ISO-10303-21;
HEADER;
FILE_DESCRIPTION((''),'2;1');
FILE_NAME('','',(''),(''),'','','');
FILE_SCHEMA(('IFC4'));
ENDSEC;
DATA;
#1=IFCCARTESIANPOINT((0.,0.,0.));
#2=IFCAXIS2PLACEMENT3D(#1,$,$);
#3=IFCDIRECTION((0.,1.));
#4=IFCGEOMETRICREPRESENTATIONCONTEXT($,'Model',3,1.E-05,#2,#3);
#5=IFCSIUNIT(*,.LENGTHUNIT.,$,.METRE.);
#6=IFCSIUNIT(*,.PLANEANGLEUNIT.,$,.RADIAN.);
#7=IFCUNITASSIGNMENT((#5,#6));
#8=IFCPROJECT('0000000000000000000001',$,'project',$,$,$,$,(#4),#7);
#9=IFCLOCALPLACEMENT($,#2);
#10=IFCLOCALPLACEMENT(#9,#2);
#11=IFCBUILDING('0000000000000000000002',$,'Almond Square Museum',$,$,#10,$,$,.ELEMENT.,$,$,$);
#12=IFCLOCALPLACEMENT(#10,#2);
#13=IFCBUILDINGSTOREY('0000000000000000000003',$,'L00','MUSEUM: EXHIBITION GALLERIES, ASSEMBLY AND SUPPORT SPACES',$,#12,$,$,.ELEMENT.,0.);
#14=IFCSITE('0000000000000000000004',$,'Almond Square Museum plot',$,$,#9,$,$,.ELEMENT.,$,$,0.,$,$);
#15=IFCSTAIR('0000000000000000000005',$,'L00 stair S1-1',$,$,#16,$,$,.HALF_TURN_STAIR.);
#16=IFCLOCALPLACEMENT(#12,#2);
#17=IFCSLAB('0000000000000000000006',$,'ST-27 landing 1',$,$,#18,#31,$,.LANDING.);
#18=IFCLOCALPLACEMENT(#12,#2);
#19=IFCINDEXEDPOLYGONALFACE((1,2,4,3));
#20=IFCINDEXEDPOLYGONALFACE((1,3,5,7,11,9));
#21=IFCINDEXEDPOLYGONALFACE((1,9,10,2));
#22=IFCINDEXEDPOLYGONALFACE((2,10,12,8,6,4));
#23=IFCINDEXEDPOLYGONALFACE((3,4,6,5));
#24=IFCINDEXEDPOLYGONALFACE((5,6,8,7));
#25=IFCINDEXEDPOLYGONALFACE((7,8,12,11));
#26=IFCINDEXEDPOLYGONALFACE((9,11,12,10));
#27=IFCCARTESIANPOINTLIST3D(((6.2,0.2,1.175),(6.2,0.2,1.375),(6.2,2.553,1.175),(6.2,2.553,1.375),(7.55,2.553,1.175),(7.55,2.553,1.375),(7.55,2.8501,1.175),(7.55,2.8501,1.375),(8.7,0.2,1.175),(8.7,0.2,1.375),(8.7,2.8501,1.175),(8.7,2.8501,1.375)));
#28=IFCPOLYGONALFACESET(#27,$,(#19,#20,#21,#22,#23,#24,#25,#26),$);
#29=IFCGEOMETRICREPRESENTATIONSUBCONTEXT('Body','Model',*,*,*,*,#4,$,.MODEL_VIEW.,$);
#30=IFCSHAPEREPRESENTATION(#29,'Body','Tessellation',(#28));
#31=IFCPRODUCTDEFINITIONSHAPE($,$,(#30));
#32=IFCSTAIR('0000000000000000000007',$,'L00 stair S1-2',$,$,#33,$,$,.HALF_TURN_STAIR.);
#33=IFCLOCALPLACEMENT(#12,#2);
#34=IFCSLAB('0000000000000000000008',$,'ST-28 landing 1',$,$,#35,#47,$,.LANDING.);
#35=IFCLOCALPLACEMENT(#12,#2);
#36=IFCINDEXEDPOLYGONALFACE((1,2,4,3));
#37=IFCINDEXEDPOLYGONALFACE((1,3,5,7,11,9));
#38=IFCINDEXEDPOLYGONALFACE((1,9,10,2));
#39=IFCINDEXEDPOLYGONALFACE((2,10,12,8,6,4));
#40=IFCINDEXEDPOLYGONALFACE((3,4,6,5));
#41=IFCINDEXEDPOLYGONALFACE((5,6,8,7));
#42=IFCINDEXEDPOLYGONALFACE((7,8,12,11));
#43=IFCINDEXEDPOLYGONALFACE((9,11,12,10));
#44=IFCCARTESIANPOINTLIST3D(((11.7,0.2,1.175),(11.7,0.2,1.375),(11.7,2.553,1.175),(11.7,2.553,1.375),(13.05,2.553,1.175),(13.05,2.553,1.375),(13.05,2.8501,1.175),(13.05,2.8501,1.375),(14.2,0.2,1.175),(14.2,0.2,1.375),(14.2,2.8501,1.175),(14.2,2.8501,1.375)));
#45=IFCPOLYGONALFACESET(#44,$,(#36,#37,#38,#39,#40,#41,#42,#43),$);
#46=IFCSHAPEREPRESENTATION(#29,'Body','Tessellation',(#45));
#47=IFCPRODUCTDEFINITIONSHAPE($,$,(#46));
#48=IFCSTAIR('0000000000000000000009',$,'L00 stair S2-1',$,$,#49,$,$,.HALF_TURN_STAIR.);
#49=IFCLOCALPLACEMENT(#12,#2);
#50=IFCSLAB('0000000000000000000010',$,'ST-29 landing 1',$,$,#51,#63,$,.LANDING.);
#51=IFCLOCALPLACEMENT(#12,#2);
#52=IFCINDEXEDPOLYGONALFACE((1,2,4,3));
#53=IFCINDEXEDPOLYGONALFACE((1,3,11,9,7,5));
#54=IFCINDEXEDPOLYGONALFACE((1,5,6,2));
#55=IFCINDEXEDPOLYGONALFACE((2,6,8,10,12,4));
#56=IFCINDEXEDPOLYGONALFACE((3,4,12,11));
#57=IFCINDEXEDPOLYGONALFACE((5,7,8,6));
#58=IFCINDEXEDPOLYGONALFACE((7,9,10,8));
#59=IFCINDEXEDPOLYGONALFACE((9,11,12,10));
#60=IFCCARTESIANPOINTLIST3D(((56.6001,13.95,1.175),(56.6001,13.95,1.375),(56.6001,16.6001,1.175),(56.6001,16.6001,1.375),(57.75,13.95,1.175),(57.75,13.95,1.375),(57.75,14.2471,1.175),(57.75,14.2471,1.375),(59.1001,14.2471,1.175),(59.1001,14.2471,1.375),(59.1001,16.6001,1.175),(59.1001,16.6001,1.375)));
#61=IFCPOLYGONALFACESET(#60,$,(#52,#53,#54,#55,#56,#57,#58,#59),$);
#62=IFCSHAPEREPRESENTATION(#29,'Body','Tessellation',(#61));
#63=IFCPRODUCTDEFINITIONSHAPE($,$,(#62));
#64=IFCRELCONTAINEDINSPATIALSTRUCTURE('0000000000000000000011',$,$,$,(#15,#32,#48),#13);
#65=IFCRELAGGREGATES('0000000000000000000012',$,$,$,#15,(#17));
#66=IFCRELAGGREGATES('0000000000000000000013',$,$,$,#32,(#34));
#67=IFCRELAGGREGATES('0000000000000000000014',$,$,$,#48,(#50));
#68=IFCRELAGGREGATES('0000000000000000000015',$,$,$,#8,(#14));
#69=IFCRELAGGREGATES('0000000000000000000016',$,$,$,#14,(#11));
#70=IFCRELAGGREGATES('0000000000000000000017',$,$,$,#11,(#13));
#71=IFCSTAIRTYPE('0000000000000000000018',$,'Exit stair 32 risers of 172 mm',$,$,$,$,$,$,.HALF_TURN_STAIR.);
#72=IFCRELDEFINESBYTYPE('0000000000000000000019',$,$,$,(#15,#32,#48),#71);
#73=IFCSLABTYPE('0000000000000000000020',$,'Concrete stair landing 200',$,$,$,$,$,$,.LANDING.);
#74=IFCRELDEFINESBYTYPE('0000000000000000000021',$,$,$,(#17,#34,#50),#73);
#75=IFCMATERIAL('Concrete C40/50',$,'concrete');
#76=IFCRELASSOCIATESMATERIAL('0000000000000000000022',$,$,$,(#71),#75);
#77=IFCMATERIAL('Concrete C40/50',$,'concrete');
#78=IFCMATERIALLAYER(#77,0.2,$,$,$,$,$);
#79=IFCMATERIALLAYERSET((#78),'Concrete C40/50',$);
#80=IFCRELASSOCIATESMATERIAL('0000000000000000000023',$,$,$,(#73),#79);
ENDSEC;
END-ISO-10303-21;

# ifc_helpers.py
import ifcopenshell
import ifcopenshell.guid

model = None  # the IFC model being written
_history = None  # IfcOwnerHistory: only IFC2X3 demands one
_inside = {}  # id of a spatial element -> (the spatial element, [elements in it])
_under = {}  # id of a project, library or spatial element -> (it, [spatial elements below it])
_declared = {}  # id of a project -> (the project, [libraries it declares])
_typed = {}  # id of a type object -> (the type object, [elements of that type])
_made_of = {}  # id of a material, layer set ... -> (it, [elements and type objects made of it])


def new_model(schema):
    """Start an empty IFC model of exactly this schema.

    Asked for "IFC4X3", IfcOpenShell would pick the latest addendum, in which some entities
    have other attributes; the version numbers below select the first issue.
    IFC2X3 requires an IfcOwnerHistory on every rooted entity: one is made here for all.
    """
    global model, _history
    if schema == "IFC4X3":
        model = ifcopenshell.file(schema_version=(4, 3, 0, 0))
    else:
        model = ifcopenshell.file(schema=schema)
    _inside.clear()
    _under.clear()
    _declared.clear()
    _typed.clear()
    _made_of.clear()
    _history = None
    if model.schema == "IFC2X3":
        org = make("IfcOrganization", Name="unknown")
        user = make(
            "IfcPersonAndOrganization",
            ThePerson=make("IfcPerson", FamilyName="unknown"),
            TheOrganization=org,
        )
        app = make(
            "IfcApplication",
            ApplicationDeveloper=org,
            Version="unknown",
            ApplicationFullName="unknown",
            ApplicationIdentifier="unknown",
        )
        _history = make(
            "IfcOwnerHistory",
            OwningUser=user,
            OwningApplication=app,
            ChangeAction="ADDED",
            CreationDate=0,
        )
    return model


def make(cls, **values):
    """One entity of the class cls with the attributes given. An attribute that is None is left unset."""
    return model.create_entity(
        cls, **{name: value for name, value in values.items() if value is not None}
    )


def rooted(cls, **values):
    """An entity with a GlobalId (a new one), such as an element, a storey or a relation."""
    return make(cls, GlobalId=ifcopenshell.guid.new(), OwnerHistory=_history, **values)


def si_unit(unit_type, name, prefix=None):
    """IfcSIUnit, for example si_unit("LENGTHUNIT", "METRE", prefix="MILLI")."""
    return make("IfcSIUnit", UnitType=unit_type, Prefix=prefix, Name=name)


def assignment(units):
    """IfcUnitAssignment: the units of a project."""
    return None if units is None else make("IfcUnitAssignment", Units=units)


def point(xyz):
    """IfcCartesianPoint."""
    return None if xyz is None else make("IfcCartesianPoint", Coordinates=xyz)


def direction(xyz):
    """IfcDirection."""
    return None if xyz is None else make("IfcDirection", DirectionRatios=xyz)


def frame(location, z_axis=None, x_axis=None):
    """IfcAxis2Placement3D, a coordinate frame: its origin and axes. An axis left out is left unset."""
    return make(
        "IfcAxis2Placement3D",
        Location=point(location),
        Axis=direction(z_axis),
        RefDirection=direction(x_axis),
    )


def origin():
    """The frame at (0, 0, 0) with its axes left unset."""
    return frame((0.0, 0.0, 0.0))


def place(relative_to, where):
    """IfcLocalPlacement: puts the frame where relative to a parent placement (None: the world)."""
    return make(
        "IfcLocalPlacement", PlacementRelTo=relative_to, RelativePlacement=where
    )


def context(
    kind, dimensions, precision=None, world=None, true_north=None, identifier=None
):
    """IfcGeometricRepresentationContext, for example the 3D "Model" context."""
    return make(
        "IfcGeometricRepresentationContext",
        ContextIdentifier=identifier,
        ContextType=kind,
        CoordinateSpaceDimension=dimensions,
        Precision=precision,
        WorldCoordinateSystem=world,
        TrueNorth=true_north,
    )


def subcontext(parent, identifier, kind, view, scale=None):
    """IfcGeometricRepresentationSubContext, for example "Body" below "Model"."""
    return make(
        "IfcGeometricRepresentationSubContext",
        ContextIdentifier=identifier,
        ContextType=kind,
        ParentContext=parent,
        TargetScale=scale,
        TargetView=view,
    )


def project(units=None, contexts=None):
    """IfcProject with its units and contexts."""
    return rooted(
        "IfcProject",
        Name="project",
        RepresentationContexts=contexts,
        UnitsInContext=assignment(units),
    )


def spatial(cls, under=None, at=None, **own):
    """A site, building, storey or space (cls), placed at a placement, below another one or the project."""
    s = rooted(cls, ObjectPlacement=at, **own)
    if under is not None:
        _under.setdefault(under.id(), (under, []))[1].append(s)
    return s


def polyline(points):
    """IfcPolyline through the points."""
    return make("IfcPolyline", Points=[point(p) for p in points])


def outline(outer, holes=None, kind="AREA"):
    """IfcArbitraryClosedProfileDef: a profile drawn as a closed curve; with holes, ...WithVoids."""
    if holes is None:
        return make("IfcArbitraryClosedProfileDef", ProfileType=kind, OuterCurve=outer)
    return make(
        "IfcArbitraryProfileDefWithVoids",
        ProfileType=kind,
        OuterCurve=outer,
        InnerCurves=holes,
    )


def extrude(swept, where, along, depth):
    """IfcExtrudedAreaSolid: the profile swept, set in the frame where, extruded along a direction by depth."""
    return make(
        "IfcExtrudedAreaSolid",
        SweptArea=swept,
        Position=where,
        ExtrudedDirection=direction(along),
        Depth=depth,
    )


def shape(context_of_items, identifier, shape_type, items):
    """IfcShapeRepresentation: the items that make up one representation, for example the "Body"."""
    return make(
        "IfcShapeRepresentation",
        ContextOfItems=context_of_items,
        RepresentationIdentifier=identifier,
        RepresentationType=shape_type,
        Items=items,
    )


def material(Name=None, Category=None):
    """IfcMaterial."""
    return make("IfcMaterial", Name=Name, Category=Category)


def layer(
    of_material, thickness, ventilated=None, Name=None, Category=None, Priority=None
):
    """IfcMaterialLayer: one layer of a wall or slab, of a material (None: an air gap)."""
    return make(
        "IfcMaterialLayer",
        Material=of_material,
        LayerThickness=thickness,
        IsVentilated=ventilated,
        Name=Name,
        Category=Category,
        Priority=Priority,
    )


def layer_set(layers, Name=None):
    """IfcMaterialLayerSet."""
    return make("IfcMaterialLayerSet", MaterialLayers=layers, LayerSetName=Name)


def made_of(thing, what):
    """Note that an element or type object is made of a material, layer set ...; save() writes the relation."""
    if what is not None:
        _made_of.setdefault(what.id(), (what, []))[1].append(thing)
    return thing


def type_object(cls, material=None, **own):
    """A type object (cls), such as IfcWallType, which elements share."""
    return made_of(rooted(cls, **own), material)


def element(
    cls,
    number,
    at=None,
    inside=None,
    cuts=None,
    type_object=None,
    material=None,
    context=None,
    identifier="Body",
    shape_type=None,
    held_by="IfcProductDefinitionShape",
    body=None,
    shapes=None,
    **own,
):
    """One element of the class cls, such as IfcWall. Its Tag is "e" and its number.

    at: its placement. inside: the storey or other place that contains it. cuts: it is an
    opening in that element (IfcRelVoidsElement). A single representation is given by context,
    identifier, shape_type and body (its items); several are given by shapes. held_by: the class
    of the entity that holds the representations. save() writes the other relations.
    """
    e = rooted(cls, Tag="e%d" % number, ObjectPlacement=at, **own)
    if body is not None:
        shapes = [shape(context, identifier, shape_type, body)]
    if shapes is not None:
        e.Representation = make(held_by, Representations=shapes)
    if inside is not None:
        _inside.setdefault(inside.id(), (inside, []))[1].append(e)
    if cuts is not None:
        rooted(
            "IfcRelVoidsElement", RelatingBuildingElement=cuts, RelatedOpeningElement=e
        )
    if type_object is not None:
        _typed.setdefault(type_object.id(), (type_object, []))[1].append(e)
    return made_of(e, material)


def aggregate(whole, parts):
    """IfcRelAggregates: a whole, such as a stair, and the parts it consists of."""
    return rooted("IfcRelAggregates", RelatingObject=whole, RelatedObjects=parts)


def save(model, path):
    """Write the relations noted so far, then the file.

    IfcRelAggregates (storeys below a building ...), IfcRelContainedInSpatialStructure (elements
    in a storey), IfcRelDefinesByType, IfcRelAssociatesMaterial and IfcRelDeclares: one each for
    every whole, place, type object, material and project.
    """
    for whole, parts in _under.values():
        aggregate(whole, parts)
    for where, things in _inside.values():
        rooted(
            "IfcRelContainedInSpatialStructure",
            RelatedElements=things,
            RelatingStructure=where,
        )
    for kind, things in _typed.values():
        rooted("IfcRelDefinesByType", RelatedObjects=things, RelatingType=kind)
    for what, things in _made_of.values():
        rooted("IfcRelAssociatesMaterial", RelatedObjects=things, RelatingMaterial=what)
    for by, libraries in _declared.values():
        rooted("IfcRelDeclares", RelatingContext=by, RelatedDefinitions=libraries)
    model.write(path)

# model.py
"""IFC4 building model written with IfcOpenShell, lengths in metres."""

from ifc_helpers import new_model, si_unit, direction, frame, origin, place, context, subcontext, project, spatial, polyline, outline, extrude, material, layer, layer_set, type_object, element, aggregate, save


model = new_model("IFC4")

# Units and contexts
model_context = context("Model", 3, precision=1e-05, world=origin(), true_north=direction((0.0, 1.0)))
body_context = subcontext(model_context, "Body", "Model", "MODEL_VIEW")
ifc_project = project(units=[si_unit("LENGTHUNIT", "METRE"), si_unit("PLANEANGLEUNIT", "RADIAN")], contexts=[model_context])

# Site, building, storey
site_placement = place(None, origin())
site = spatial("IfcSite", under=ifc_project, at=site_placement, Name="Almond Square Museum plot", CompositionType="ELEMENT", RefElevation=0.0)
building_placement = place(site_placement, origin())
building = spatial("IfcBuilding", under=site, at=building_placement, Name="Almond Square Museum", CompositionType="ELEMENT")
storey_placement = place(building_placement, origin())
storey = spatial("IfcBuildingStorey", under=building, at=storey_placement, Name="L00", Description="MUSEUM: EXHIBITION GALLERIES, ASSEMBLY AND SUPPORT SPACES", CompositionType="ELEMENT", Elevation=0.0)

# Stairs, slabs
ifc_material_1 = material(Name="Concrete C40/50", Category="concrete")
stair_type = type_object("IfcStairType", Name="Exit stair 32 risers of 172 mm", PredefinedType="HALF_TURN_STAIR", material=ifc_material_1)
ifc_material_2 = material(Name="Concrete C40/50", Category="concrete")
ifc_layer = layer(ifc_material_2, 0.2)
ifc_layer_set = layer_set([ifc_layer], Name="Concrete C40/50")
slab_type = type_object("IfcSlabType", Name="Concrete stair landing 200", PredefinedType="LANDING", material=ifc_layer_set)
stair_1_placement = place(storey_placement, origin())
stair_1 = element("IfcStair", 1, at=stair_1_placement, inside=storey, type_object=stair_type, Name="L00 stair S1-1", PredefinedType="HALF_TURN_STAIR")
slab_1_placement = place(storey_placement, frame((0.0, 0.0, 1.175)))
slab_1 = element("IfcSlab", 2, at=slab_1_placement, type_object=slab_type, Name="ST-27 landing 1", PredefinedType="LANDING", context=body_context, shape_type="SweptSolid", body=[
    extrude(outline(polyline([(6.2, 2.553), (6.2, 0.2), (8.7, 0.2), (8.7, 2.8501), (7.55, 2.8501), (7.55, 2.553), (6.2, 2.553)])), origin(), (0.0, 0.0, 1.0), 0.2),
])
aggregate(stair_1, [slab_1])
stair_2_placement = place(storey_placement, origin())
stair_2 = element("IfcStair", 3, at=stair_2_placement, inside=storey, type_object=stair_type, Name="L00 stair S1-2", PredefinedType="HALF_TURN_STAIR")
slab_2_placement = place(storey_placement, frame((0.0, 0.0, 1.175)))
slab_2 = element("IfcSlab", 4, at=slab_2_placement, type_object=slab_type, Name="ST-28 landing 1", PredefinedType="LANDING", context=body_context, shape_type="SweptSolid", body=[
    extrude(outline(polyline([(11.7, 2.553), (11.7, 0.2), (14.2, 0.2), (14.2, 2.8501), (13.05, 2.8501), (13.05, 2.553), (11.7, 2.553)])), origin(), (0.0, 0.0, 1.0), 0.2),
])
aggregate(stair_2, [slab_2])
stair_3_placement = place(storey_placement, origin())
stair_3 = element("IfcStair", 5, at=stair_3_placement, inside=storey, type_object=stair_type, Name="L00 stair S2-1", PredefinedType="HALF_TURN_STAIR")
slab_3_placement = place(storey_placement, frame((0.0, 0.0, 1.175)))
slab_3 = element("IfcSlab", 6, at=slab_3_placement, type_object=slab_type, Name="ST-29 landing 1", PredefinedType="LANDING", context=body_context, shape_type="SweptSolid", body=[
    extrude(outline(polyline([(59.1001, 14.2471), (59.1001, 16.6001), (56.6001, 16.6001), (56.6001, 13.95), (57.75, 13.95), (57.75, 14.2471), (59.1001, 14.2471)])), origin(), (0.0, 0.0, 1.0), 0.2),
])
aggregate(stair_3, [slab_3])

save(model, "model.ifc")
